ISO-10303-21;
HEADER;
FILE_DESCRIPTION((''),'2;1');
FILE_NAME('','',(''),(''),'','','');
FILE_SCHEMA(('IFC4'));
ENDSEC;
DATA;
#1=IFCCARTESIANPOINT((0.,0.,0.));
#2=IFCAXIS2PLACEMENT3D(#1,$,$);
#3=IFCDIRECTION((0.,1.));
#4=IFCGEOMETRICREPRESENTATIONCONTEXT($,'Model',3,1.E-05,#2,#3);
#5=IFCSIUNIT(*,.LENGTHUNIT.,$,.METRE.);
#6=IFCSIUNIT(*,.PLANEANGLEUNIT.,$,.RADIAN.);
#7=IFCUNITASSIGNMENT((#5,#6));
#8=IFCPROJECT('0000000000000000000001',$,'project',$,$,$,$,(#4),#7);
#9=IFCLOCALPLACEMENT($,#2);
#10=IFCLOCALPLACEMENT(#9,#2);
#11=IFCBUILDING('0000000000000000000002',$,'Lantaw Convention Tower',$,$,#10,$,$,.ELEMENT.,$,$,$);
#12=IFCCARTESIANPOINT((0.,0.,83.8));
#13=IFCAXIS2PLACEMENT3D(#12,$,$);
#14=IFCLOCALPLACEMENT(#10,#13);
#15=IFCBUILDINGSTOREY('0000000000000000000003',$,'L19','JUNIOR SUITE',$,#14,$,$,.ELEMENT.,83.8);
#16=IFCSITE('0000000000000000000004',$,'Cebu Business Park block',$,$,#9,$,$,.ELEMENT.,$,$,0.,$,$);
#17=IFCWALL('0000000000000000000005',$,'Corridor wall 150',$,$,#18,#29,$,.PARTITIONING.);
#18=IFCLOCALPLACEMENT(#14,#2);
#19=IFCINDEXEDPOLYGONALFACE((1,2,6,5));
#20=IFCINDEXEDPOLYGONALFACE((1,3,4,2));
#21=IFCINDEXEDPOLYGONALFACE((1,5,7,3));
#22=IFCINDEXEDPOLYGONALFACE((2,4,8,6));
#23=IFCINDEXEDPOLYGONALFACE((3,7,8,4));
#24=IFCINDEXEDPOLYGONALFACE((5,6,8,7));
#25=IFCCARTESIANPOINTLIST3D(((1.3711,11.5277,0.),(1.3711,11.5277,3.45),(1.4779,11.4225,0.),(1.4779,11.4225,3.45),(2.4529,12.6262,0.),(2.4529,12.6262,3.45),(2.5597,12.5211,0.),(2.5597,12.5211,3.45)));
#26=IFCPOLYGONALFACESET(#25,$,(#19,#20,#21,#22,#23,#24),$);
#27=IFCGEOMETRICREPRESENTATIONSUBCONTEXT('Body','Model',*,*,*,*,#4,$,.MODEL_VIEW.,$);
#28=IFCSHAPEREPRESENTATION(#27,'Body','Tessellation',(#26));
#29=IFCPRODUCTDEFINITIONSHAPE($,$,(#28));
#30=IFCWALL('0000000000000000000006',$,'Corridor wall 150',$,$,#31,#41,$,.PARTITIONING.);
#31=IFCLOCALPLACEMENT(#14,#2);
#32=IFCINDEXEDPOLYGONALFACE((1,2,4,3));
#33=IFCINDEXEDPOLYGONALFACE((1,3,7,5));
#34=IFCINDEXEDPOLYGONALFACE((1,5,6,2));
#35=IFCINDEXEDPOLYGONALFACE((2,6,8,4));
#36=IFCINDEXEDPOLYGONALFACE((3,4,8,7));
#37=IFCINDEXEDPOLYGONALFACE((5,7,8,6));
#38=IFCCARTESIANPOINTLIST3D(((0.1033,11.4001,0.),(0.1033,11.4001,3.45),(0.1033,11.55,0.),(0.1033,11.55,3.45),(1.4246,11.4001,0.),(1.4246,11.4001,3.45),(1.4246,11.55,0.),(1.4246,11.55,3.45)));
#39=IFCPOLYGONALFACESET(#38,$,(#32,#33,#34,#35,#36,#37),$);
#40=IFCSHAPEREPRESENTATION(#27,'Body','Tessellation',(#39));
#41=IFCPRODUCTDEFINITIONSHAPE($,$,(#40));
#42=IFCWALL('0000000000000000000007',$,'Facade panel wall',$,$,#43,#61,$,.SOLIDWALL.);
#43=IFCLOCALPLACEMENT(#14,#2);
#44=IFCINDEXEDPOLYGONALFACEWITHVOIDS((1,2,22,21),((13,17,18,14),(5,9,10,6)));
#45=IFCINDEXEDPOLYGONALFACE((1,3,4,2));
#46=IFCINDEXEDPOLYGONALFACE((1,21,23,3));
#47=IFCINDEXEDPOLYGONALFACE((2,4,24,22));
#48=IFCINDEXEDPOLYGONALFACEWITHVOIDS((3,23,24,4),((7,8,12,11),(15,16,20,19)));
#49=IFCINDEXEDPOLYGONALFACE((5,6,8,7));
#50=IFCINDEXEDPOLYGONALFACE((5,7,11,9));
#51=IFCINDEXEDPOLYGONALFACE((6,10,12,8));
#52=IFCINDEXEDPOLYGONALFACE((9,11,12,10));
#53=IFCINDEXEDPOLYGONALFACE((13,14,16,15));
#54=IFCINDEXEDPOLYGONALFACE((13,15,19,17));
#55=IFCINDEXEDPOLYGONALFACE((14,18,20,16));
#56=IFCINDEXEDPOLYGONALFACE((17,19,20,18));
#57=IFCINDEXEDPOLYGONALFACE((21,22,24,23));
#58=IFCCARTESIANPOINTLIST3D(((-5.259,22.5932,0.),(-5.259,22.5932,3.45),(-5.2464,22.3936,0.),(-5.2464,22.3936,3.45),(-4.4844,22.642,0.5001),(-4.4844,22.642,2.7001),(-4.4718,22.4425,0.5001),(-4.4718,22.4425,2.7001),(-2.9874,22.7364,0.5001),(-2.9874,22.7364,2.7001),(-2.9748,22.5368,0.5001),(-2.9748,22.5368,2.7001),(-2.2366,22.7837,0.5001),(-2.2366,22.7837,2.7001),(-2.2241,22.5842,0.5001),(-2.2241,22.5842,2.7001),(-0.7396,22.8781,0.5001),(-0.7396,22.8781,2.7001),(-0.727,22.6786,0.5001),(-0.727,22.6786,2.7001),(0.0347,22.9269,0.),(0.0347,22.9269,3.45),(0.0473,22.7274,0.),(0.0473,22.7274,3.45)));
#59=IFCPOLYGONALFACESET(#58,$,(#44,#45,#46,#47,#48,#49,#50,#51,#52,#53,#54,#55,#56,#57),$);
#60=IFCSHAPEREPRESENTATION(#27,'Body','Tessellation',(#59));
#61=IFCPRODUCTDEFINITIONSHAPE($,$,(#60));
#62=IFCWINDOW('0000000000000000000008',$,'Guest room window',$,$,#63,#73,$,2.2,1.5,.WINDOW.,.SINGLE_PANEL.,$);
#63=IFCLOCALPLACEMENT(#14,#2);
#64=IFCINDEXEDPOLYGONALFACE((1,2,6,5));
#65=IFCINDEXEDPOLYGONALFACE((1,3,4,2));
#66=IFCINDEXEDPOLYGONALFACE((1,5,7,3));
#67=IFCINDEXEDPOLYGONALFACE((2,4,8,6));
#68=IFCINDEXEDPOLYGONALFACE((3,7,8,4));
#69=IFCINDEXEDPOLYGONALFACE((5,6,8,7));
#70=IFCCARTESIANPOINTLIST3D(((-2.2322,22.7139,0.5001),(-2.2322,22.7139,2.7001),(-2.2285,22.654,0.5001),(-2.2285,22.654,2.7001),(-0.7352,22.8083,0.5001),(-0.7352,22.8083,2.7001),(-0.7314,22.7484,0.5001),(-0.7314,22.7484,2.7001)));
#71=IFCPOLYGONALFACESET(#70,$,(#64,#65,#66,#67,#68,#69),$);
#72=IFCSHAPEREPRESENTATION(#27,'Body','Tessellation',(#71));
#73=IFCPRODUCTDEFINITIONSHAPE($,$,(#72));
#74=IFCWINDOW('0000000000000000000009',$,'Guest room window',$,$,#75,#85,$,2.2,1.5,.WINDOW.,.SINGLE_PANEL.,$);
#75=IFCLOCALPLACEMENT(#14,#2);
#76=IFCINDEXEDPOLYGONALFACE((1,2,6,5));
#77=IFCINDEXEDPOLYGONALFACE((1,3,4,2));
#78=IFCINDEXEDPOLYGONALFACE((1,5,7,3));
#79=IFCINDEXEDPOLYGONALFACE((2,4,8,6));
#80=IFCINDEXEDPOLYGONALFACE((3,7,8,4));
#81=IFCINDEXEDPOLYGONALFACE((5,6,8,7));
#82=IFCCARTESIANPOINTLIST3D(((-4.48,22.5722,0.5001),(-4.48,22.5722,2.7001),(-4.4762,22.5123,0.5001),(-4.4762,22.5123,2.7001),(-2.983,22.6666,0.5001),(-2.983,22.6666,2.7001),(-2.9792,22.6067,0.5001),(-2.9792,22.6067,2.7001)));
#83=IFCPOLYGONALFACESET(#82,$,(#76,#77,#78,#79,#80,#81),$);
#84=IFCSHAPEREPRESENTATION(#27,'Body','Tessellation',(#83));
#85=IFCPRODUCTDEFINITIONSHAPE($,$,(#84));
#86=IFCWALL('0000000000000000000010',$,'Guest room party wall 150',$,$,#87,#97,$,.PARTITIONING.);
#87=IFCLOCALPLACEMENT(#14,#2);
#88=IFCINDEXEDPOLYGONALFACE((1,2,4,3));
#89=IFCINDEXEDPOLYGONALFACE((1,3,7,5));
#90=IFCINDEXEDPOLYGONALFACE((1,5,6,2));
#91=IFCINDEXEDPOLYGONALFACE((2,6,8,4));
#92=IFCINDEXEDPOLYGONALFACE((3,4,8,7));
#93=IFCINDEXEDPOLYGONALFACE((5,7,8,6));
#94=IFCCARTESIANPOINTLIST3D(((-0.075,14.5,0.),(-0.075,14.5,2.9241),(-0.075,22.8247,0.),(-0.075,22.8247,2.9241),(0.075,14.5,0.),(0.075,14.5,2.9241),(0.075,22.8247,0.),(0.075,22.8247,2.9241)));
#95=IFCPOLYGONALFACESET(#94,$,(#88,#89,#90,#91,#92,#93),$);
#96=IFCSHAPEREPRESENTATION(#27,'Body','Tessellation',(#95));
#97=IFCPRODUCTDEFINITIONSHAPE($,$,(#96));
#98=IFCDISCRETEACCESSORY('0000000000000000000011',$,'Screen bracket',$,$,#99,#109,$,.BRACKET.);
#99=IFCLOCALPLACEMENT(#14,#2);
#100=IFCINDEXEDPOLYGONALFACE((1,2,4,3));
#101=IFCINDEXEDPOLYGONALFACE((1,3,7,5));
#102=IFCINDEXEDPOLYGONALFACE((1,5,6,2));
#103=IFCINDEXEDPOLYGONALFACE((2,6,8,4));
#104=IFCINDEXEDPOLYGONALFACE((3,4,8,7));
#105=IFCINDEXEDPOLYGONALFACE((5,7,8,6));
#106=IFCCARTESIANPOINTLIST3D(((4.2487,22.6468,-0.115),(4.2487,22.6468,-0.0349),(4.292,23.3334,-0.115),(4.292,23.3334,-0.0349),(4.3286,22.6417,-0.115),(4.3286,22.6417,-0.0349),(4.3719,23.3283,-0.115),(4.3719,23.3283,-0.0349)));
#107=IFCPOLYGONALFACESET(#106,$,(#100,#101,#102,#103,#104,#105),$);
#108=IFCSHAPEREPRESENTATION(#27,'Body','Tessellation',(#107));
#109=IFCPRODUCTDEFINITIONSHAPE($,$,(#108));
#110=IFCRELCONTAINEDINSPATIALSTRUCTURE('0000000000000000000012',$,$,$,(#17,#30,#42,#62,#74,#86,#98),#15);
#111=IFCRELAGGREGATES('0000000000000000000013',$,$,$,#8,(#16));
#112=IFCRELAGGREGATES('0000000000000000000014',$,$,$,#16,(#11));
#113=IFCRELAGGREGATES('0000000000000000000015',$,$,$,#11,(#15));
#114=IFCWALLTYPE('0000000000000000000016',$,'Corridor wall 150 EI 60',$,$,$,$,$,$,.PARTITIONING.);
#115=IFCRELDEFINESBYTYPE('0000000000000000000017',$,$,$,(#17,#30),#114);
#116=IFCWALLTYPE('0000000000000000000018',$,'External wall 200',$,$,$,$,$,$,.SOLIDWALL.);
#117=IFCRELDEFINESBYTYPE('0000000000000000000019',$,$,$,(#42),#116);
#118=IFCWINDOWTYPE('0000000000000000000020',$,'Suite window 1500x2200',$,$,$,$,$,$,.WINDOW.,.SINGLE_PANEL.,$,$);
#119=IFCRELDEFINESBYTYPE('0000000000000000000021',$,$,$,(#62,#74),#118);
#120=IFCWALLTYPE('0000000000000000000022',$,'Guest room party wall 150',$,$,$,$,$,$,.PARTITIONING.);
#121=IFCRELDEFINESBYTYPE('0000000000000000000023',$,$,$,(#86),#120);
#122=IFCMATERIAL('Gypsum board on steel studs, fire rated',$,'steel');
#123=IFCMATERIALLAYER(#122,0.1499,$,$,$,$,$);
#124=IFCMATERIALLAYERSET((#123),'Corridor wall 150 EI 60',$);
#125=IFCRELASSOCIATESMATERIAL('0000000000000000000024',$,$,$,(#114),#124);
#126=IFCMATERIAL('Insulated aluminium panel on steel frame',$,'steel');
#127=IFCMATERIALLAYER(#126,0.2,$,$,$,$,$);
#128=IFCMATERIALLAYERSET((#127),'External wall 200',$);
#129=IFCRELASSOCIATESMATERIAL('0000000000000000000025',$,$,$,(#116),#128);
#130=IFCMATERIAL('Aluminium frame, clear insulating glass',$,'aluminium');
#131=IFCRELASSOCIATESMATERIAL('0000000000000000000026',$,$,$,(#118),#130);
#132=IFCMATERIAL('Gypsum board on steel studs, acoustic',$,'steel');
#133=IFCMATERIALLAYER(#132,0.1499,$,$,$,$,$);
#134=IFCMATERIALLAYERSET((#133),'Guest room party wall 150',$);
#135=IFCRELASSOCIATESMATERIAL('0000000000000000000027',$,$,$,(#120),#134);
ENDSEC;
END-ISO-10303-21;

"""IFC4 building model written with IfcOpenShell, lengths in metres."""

from ifc_helpers import new_model, si_unit, direction, frame, frame_2d, origin, origin_2d, place, context, subcontext, project, spatial, rectangle, extrude, material, layer, layer_set, type_object, element, fill, save


model = new_model("IFC4")

# Units and contexts
model_context = context("Model", 3, precision=1e-05, world=origin(), true_north=direction((0.0, 1.0)))
body_context = subcontext(model_context, "Body", "Model", "MODEL_VIEW")
ifc_project = project(units=[si_unit("LENGTHUNIT", "METRE"), si_unit("PLANEANGLEUNIT", "RADIAN")], contexts=[model_context])

# Site, building, storey
site_placement = place(None, origin())
site = spatial("IfcSite", under=ifc_project, at=site_placement, Name="Cebu Business Park block", CompositionType="ELEMENT", RefElevation=0.0)
building_placement = place(site_placement, origin())
building = spatial("IfcBuilding", under=site, at=building_placement, Name="Lantaw Convention Tower", CompositionType="ELEMENT")
storey_placement = place(building_placement, frame((0.0, 0.0, 83.8)))
storey = spatial("IfcBuildingStorey", under=building, at=storey_placement, Name="L19", Description="JUNIOR SUITE", CompositionType="ELEMENT", Elevation=83.8)

# Shared definitions
ifc_material_1 = material(Name="Gypsum board on steel studs, fire rated", Category="steel")
ifc_layer_1 = layer(ifc_material_1, 0.1499)
ifc_layer_set_1 = layer_set([ifc_layer_1], Name="Corridor wall 150 EI 60")
wall_type_1 = type_object("IfcWallType", Name="Corridor wall 150 EI 60", PredefinedType="PARTITIONING", material=ifc_layer_set_1)

# Walls
wall_1_placement = place(storey_placement, frame((2.5063, 12.5737, 0.0), z_axis=(0.0, 0.0, 1.0), x_axis=(-0.701623, -0.712549, 0.0)))
element("IfcWall", 1, at=wall_1_placement, inside=storey, type_object=wall_type_1, Name="Corridor wall 150", PredefinedType="PARTITIONING", context=body_context, shape_type="SweptSolid", body=[
    extrude(rectangle(XDim=1.5417, YDim=0.1499, at=frame_2d((0.771, 0.0))), origin(), (0.0, 0.0, 1.0), 3.45),
])
wall_2_placement = place(storey_placement, frame((1.4246, 11.4751, 0.0), z_axis=(0.0, 0.0, 1.0), x_axis=(-1.0, 0.0, 0.0)))
element("IfcWall", 2, at=wall_2_placement, inside=storey, type_object=wall_type_1, Name="Corridor wall 150", PredefinedType="PARTITIONING", context=body_context, shape_type="SweptSolid", body=[
    extrude(rectangle(XDim=1.3213, YDim=0.1499, at=frame_2d((0.6606, 0.0))), origin(), (0.0, 0.0, 1.0), 3.45),
])

# Wall, openings, windows
ifc_material_2 = material(Name="Insulated aluminium panel on steel frame", Category="steel")
ifc_layer_2 = layer(ifc_material_2, 0.2)
ifc_layer_set_2 = layer_set([ifc_layer_2], Name="External wall 200")
wall_type_2 = type_object("IfcWallType", Name="External wall 200", PredefinedType="SOLIDWALL", material=ifc_layer_set_2)
wall_3_placement = place(storey_placement, frame((0.041, 22.8271, 0.0), z_axis=(0.0, 0.0, 1.0), x_axis=(-0.998019, -0.06292, 0.0)))
wall_3 = element("IfcWall", 3, at=wall_3_placement, inside=storey, type_object=wall_type_2, Name="Facade panel wall", PredefinedType="SOLIDWALL", context=body_context, shape_type="SweptSolid", body=[
    extrude(rectangle(XDim=5.3042, YDim=0.2, at=frame_2d((2.6521, 0.0))), origin(), (0.0, 0.0, 1.0), 3.45),
])
opening_1_placement = place(wall_3_placement, frame((0.7759, 0.0, 0.5)))
opening_1 = element("IfcOpeningElement", 4, at=opening_1_placement, cuts=wall_3, PredefinedType="OPENING", context=body_context, shape_type="SweptSolid", body=[
    extrude(rectangle(XDim=1.5, YDim=2.2, at=frame_2d((0.75, 1.1001))), frame((0.0, 0.1099, 0.0), z_axis=(0.0, -1.0, 0.0), x_axis=(1.0, 0.0, 0.0)), (0.0, 0.0, 1.0), 0.22),
])
opening_2_placement = place(wall_3_placement, frame((3.0281, 0.0, 0.5)))
opening_2 = element("IfcOpeningElement", 5, at=opening_2_placement, cuts=wall_3, PredefinedType="OPENING", context=body_context, shape_type="SweptSolid", body=[
    extrude(rectangle(XDim=1.5, YDim=2.2, at=frame_2d((0.75, 1.1001))), frame((0.0, 0.1099, 0.0), z_axis=(0.0, -1.0, 0.0), x_axis=(1.0, 0.0, 0.0)), (0.0, 0.0, 1.0), 0.22),
])
ifc_material_3 = material(Name="Aluminium frame, clear insulating glass", Category="aluminium")
window_type = type_object("IfcWindowType", Name="Suite window 1500x2200", PartitioningType="SINGLE_PANEL", PredefinedType="WINDOW", material=ifc_material_3)
window_1_placement = place(opening_1_placement, origin())
window_1 = element("IfcWindow", 6, at=window_1_placement, inside=storey, type_object=window_type, Name="Guest room window", OverallHeight=2.2, OverallWidth=1.5, PartitioningType="SINGLE_PANEL", PredefinedType="WINDOW", context=body_context, shape_type="SweptSolid", body=[
    extrude(rectangle(XDim=1.5, YDim=2.2, at=frame_2d((0.75, 1.1001))), frame((0.0, 0.03, 0.0), z_axis=(0.0, -1.0, 0.0), x_axis=(1.0, 0.0, 0.0)), (0.0, 0.0, 1.0), 0.0601),
])
fill(opening_1, window_1)
window_2_placement = place(opening_2_placement, origin())
window_2 = element("IfcWindow", 7, at=window_2_placement, inside=storey, type_object=window_type, Name="Guest room window", OverallHeight=2.2, OverallWidth=1.5, PartitioningType="SINGLE_PANEL", PredefinedType="WINDOW", context=body_context, shape_type="SweptSolid", body=[
    extrude(rectangle(XDim=1.5, YDim=2.2, at=frame_2d((0.75, 1.1001))), frame((0.0, 0.03, 0.0), z_axis=(0.0, -1.0, 0.0), x_axis=(1.0, 0.0, 0.0)), (0.0, 0.0, 1.0), 0.0601),
])
fill(opening_2, window_2)

# Wall
ifc_material_4 = material(Name="Gypsum board on steel studs, acoustic", Category="steel")
ifc_layer_3 = layer(ifc_material_4, 0.1499)
ifc_layer_set_3 = layer_set([ifc_layer_3], Name="Guest room party wall 150")
wall_type_3 = type_object("IfcWallType", Name="Guest room party wall 150", PredefinedType="PARTITIONING", material=ifc_layer_set_3)
wall_4_placement = place(storey_placement, frame((0.0, 22.8247, 0.0), z_axis=(0.0, 0.0, 1.0), x_axis=(0.0, -1.0, 0.0)))
element("IfcWall", 8, at=wall_4_placement, inside=storey, type_object=wall_type_3, Name="Guest room party wall 150", PredefinedType="PARTITIONING", context=body_context, shape_type="SweptSolid", body=[
    extrude(rectangle(XDim=8.3247, YDim=0.1499, at=frame_2d((4.1624, 0.0))), origin(), (0.0, 0.0, 1.0), 2.9241),
])

# Discrete accessory
discrete_accessory_placement = place(storey_placement, frame((4.3103, 22.9875, -0.115), z_axis=(0.0, 0.0, 1.0), x_axis=(-0.998016, 0.062958, 0.0)))
element("IfcDiscreteAccessory", 9, at=discrete_accessory_placement, inside=storey, Name="Screen bracket", PredefinedType="BRACKET", context=body_context, shape_type="SweptSolid", body=[
    extrude(rectangle(XDim=0.0801, YDim=0.688, at=origin_2d()), origin(), (0.0, 0.0, 1.0), 0.0801),
])

save(model, "model.ifc")
